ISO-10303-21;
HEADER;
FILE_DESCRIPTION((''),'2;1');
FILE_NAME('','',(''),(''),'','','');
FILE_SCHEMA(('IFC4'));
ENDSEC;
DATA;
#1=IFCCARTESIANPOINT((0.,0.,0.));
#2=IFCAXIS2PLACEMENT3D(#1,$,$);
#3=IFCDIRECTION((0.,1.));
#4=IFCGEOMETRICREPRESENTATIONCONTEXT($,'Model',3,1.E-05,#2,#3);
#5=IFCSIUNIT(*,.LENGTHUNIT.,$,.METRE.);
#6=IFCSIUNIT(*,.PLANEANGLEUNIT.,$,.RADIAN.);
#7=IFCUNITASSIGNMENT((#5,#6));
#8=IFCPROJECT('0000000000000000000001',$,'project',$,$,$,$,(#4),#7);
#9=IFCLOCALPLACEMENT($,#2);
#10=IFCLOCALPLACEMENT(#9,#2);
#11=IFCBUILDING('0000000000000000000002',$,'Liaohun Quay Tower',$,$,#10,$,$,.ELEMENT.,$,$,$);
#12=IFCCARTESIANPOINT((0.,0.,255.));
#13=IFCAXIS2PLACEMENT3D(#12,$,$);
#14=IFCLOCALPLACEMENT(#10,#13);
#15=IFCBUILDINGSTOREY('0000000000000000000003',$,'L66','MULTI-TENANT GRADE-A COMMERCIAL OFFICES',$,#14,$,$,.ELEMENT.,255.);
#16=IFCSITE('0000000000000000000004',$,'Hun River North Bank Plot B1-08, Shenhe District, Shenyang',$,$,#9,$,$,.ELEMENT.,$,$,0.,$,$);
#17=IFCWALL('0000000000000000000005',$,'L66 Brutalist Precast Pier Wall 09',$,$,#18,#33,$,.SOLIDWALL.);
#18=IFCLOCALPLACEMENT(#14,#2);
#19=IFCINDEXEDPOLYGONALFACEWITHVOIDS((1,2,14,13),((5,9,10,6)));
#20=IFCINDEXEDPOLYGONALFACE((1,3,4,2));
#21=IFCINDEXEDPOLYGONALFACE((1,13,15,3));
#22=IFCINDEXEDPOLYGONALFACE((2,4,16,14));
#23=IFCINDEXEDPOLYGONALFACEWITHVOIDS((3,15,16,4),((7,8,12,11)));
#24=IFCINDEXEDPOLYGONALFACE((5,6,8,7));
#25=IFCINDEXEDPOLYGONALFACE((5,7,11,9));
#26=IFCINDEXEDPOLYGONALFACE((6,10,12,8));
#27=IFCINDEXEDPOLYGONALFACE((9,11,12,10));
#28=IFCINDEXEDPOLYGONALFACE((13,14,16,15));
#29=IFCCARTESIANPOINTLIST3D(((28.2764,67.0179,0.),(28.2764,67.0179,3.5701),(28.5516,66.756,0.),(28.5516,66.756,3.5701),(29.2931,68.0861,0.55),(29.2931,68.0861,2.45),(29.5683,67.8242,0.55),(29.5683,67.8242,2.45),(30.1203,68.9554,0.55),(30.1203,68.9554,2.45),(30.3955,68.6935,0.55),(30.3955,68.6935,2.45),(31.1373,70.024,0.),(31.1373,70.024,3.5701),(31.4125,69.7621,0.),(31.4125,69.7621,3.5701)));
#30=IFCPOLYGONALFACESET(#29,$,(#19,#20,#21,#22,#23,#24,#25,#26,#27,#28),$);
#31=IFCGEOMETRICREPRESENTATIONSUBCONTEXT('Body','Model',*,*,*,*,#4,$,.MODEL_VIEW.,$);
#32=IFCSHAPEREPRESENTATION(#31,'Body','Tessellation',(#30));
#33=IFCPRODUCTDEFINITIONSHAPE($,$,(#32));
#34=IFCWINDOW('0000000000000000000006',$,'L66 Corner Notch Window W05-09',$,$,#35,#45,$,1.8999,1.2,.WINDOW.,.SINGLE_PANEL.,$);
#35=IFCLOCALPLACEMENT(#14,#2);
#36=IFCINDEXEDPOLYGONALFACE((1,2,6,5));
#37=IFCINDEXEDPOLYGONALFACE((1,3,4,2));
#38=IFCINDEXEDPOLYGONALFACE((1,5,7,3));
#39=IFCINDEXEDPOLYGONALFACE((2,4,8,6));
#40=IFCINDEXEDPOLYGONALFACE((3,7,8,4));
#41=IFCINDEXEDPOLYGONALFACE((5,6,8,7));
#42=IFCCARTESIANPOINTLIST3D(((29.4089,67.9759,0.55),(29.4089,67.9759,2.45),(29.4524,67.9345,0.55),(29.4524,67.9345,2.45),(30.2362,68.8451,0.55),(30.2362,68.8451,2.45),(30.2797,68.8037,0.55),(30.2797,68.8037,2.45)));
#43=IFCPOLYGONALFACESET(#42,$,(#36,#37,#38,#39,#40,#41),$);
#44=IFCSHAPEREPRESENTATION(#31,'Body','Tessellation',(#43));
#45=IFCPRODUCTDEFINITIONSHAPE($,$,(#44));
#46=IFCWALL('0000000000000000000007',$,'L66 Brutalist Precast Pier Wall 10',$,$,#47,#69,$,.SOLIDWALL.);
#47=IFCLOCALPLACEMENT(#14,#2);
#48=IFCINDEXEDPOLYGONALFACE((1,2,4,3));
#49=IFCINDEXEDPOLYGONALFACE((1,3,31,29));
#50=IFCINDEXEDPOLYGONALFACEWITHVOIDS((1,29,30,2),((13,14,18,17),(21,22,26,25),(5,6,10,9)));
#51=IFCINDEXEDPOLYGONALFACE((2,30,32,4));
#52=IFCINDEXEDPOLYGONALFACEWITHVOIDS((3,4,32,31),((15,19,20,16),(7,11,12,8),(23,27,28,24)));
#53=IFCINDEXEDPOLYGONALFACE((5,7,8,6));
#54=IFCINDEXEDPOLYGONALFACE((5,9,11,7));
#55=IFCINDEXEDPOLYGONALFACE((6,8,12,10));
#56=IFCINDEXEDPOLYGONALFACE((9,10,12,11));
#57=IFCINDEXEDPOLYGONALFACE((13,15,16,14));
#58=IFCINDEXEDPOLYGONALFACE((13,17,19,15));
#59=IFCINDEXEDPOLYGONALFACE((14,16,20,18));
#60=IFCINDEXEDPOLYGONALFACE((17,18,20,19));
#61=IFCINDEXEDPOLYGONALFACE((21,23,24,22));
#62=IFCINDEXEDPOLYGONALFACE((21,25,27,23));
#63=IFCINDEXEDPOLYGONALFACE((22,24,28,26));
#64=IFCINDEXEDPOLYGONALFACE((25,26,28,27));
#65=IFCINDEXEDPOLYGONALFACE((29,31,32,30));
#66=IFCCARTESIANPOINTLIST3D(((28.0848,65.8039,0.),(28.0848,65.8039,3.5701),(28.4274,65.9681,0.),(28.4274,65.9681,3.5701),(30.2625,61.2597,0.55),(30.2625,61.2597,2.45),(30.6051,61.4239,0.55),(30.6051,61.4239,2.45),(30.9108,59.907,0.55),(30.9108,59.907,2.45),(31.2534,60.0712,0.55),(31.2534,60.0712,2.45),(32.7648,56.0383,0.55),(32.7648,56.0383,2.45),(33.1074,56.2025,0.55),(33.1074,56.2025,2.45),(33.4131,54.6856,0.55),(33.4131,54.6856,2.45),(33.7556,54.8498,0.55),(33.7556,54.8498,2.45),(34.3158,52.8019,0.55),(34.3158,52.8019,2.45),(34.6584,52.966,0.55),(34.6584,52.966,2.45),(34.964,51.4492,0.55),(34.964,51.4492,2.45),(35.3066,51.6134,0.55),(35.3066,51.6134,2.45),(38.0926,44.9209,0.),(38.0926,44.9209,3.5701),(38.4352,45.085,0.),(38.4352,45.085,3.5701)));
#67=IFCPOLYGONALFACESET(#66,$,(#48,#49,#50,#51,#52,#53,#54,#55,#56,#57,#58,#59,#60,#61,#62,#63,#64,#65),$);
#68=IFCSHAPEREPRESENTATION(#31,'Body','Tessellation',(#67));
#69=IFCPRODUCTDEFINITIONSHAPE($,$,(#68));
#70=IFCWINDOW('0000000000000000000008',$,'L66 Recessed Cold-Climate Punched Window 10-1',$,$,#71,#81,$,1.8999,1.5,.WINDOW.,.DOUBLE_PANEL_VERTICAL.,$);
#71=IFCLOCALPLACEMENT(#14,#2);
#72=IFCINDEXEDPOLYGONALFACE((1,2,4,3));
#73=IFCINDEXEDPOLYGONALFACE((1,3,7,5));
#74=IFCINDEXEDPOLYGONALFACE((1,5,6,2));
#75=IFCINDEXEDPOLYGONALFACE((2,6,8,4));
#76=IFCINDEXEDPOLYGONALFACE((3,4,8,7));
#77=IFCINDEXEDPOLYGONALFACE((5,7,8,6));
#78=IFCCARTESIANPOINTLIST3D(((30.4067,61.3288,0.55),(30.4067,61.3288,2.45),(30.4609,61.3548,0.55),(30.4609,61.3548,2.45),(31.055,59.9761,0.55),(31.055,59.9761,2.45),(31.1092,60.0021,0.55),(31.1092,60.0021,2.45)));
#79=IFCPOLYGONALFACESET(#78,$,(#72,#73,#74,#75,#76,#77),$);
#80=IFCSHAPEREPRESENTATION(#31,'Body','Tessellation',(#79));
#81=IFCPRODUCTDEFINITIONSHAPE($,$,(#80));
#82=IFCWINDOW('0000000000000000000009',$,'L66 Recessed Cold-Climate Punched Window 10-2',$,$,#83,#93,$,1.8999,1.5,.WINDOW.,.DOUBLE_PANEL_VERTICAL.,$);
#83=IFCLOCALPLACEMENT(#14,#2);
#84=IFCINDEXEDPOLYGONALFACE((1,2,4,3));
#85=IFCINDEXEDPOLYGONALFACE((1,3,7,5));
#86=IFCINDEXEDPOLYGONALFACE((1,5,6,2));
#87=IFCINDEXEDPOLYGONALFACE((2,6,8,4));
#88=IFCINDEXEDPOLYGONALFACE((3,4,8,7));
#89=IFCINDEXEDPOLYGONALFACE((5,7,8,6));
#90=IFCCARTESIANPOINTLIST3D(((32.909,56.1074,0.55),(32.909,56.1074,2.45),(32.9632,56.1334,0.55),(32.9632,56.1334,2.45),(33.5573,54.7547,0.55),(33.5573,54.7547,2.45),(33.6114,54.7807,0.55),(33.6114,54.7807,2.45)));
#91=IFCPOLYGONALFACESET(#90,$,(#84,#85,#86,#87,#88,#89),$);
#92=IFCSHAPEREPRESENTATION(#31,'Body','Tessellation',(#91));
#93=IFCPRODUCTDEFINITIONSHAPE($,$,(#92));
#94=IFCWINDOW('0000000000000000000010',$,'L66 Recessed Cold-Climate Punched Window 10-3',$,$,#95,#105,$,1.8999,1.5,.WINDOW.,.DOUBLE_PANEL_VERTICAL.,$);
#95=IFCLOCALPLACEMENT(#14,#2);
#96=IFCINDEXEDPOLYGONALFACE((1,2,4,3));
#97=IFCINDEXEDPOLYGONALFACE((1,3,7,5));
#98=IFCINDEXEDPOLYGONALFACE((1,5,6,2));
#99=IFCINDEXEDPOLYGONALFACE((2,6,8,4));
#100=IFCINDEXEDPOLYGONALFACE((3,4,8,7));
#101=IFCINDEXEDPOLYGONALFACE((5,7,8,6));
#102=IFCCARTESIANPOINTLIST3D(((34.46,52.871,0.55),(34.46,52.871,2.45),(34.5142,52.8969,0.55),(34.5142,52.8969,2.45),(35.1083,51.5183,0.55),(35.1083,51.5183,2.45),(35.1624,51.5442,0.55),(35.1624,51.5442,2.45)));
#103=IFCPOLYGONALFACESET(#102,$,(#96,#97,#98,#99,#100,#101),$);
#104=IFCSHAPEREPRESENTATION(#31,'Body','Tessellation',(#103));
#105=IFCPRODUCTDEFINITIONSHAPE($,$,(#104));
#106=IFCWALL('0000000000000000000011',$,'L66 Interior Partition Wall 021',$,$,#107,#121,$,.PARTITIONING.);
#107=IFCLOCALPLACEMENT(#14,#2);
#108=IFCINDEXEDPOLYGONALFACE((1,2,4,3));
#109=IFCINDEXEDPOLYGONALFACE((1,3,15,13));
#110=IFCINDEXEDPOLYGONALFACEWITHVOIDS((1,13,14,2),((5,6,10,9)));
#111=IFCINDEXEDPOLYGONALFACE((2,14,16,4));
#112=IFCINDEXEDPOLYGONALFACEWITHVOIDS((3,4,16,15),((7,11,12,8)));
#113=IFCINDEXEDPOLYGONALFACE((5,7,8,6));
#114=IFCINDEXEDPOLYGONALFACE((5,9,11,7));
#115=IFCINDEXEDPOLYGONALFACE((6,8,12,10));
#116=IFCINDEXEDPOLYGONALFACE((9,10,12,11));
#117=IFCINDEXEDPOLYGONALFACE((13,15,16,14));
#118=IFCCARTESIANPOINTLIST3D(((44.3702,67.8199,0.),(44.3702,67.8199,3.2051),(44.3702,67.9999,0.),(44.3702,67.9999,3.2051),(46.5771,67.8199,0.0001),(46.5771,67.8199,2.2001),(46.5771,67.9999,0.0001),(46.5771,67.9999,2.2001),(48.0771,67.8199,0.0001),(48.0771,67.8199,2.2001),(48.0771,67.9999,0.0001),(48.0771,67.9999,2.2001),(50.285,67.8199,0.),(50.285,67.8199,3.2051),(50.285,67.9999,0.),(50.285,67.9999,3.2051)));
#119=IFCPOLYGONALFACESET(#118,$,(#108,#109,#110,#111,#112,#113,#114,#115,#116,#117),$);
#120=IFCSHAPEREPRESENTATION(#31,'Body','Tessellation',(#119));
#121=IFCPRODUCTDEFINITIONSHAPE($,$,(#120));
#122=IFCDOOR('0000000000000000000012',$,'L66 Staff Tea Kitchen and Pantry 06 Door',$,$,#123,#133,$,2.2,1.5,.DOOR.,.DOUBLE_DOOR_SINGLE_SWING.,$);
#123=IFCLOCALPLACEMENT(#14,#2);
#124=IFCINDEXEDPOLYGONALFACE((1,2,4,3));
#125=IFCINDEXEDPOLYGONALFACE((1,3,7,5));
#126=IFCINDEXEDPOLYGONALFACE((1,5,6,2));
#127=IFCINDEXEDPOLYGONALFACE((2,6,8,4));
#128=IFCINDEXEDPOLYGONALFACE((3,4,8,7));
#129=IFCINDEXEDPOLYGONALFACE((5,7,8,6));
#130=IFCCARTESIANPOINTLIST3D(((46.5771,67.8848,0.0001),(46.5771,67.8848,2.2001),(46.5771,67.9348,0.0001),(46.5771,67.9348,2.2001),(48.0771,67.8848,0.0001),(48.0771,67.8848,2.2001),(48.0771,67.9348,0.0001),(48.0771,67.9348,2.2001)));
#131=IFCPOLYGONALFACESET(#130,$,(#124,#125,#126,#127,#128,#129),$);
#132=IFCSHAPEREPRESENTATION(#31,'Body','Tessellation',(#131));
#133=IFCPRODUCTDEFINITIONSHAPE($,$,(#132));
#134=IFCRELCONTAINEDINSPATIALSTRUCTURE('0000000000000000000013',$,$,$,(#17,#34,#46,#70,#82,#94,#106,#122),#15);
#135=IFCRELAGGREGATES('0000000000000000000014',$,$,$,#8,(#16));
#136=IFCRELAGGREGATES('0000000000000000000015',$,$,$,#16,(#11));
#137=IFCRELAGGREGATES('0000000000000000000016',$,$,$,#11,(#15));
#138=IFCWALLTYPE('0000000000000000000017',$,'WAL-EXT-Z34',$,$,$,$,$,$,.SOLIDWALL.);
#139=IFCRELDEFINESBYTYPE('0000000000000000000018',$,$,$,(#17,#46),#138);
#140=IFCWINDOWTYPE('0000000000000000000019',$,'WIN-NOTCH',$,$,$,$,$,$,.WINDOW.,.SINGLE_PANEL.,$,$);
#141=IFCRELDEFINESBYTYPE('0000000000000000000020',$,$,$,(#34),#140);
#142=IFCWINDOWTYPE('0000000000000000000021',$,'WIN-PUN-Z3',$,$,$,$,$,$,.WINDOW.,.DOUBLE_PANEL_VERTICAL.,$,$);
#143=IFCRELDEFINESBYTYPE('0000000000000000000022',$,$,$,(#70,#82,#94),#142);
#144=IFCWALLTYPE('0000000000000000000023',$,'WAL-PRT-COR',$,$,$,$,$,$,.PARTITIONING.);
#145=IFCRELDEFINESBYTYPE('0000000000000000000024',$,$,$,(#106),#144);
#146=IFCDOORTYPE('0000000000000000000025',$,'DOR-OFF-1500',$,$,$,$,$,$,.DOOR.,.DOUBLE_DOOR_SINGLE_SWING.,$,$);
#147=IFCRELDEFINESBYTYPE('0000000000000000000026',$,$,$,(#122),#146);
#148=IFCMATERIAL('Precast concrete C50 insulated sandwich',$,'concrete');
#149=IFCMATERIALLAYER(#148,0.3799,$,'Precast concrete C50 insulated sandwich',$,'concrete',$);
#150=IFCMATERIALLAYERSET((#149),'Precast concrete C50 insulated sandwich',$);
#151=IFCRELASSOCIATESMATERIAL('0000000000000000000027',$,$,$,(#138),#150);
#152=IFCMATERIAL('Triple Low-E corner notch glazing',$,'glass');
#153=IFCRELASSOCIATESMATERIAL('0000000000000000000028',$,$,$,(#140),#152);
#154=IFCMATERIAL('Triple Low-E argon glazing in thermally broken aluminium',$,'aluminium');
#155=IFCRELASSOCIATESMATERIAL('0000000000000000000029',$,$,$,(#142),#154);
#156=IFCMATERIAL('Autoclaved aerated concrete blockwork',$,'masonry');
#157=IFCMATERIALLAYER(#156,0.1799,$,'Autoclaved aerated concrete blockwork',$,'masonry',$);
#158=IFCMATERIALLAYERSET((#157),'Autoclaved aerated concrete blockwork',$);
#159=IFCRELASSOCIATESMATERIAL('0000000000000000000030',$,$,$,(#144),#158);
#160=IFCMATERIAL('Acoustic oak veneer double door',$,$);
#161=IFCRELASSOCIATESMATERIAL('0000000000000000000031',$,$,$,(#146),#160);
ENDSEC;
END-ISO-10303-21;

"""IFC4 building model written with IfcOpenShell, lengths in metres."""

from ifc_helpers import new_model, si_unit, direction, frame, frame_2d, origin, place, context, subcontext, project, spatial, rectangle, extrude, source, transform, mapped, material, layer, layer_set, type_object, element, fill, save


model = new_model("IFC4")

# Units and contexts
model_context = context("Model", 3, precision=1e-05, world=origin(), true_north=direction((0.0, 1.0)))
body_context = subcontext(model_context, "Body", "Model", "MODEL_VIEW")
ifc_project = project(units=[si_unit("LENGTHUNIT", "METRE"), si_unit("PLANEANGLEUNIT", "RADIAN")], contexts=[model_context])

# Site, building, storey
site_placement = place(None, origin())
site = spatial("IfcSite", under=ifc_project, at=site_placement, Name="Hun River North Bank Plot B1-08, Shenhe District, Shenyang", CompositionType="ELEMENT", RefElevation=0.0)
building_placement = place(site_placement, origin())
building = spatial("IfcBuilding", under=site, at=building_placement, Name="Liaohun Quay Tower", CompositionType="ELEMENT")
storey_placement = place(building_placement, frame((0.0, 0.0, 255.0)))
storey = spatial("IfcBuildingStorey", under=building, at=storey_placement, Name="L66", Description="MULTI-TENANT GRADE-A COMMERCIAL OFFICES", CompositionType="ELEMENT", Elevation=255.0)

# Wall, opening, window
ifc_material_1 = material(Name="Precast concrete C50 insulated sandwich", Category="concrete")
ifc_layer_1 = layer(ifc_material_1, 0.3799, Name="Precast concrete C50 insulated sandwich", Category="concrete")
ifc_layer_set_1 = layer_set([ifc_layer_1], Name="Precast concrete C50 insulated sandwich")
wall_type_1 = type_object("IfcWallType", Name="WAL-EXT-Z34", PredefinedType="SOLIDWALL", material=ifc_layer_set_1)
shared_shape_1 = source(origin(), body_context, "Body", "SweptSolid", [
    extrude(rectangle(XDim=1.2, YDim=1.8999, at=frame_2d((0.6001, 0.95))), frame((0.0, 0.2, 0.0), z_axis=(0.0, -1.0, 0.0), x_axis=(1.0, 0.0, 0.0)), (0.0, 0.0, 1.0), 0.3999),
])
ifc_material_2 = material(Name="Triple Low-E corner notch glazing", Category="glass")
window_type_1 = type_object("IfcWindowType", Name="WIN-NOTCH", PartitioningType="SINGLE_PANEL", PredefinedType="WINDOW", material=ifc_material_2)
shared_shape_2 = source(origin(), body_context, "Body", "SweptSolid", [
    extrude(rectangle(XDim=1.2, YDim=1.8999, at=frame_2d((0.6001, 0.95))), frame((0.0, 0.03, 0.0), z_axis=(0.0, -1.0, 0.0), x_axis=(1.0, 0.0, 0.0)), (0.0, 0.0, 1.0), 0.0601),
])
wall_1_placement = place(storey_placement, frame((31.2749, 69.8931, 0.0), z_axis=(0.0, 0.0, 1.0), x_axis=(-0.689388, -0.724393, 0.0)))
wall_1 = element("IfcWall", 1, at=wall_1_placement, inside=storey, type_object=wall_type_1, Name="L66 Brutalist Precast Pier Wall 09", PredefinedType="SOLIDWALL", context=body_context, shape_type="SweptSolid", body=[
    extrude(rectangle(XDim=4.1499, YDim=0.3799, at=frame_2d((2.075, 0.0))), origin(), (0.0, 0.0, 1.0), 3.5701),
])
opening_1_placement = place(wall_1_placement, frame((1.4751, 0.0, 0.55)))
opening_1 = element("IfcOpeningElement", 2, at=opening_1_placement, cuts=wall_1, PredefinedType="OPENING", context=body_context, shape_type="MappedRepresentation", body=[
    mapped(shared_shape_1, transform((0.0, 0.0, 0.0), x_axis=(1.0, 0.0, 0.0), y_axis=(0.0, 1.0, 0.0), z_axis=(0.0, 0.0, 1.0), scale=1.0)),
])
window_1_placement = place(opening_1_placement, origin())
window_1 = element("IfcWindow", 3, at=window_1_placement, inside=storey, type_object=window_type_1, Name="L66 Corner Notch Window W05-09", OverallHeight=1.8999, OverallWidth=1.2, PartitioningType="SINGLE_PANEL", PredefinedType="WINDOW", context=body_context, shape_type="MappedRepresentation", body=[
    mapped(shared_shape_2, transform((0.0, 0.0, 0.0), x_axis=(1.0, 0.0, 0.0), y_axis=(0.0, 1.0, 0.0), z_axis=(0.0, 0.0, 1.0), scale=1.0)),
])
fill(opening_1, window_1)

# Wall, openings, windows
wall_2_placement = place(storey_placement, frame((28.2561, 65.886, 0.0), z_axis=(0.0, 0.0, 1.0), x_axis=(0.432168, -0.901793, 0.0)))
wall_2 = element("IfcWall", 4, at=wall_2_placement, inside=storey, type_object=wall_type_1, Name="L66 Brutalist Precast Pier Wall 10", PredefinedType="SOLIDWALL", context=body_context, shape_type="SweptSolid", body=[
    extrude(rectangle(XDim=23.1572, YDim=0.3799, at=frame_2d((11.5786, 0.0))), origin(), (0.0, 0.0, 1.0), 3.5701),
])
shared_shape_3 = source(origin(), body_context, "Body", "SweptSolid", [
    extrude(rectangle(XDim=1.5, YDim=1.8999, at=frame_2d((0.75, 0.95))), frame((0.0, 0.2, 0.0), z_axis=(0.0, -1.0, 0.0), x_axis=(1.0, 0.0, 0.0)), (0.0, 0.0, 1.0), 0.3999),
])
opening_2_placement = place(wall_2_placement, frame((5.0391, 0.0, 0.55)))
opening_2 = element("IfcOpeningElement", 5, at=opening_2_placement, cuts=wall_2, PredefinedType="OPENING", context=body_context, shape_type="MappedRepresentation", body=[
    mapped(shared_shape_3, transform((0.0, 0.0, 0.0), x_axis=(1.0, 0.0, 0.0), y_axis=(0.0, 1.0, 0.0), z_axis=(0.0, 0.0, 1.0), scale=1.0)),
])
opening_3_placement = place(wall_2_placement, frame((10.8291, 0.0, 0.55)))
opening_3 = element("IfcOpeningElement", 6, at=opening_3_placement, cuts=wall_2, PredefinedType="OPENING", context=body_context, shape_type="MappedRepresentation", body=[
    mapped(shared_shape_3, transform((0.0, 0.0, 0.0), x_axis=(1.0, 0.0, 0.0), y_axis=(0.0, 1.0, 0.0), z_axis=(0.0, 0.0, 1.0), scale=1.0)),
])
opening_4_placement = place(wall_2_placement, frame((14.418, 0.0, 0.55)))
opening_4 = element("IfcOpeningElement", 7, at=opening_4_placement, cuts=wall_2, PredefinedType="OPENING", context=body_context, shape_type="MappedRepresentation", body=[
    mapped(shared_shape_3, transform((0.0, 0.0, 0.0), x_axis=(1.0, 0.0, 0.0), y_axis=(0.0, 1.0, 0.0), z_axis=(0.0, 0.0, 1.0), scale=1.0)),
])
ifc_material_3 = material(Name="Triple Low-E argon glazing in thermally broken aluminium", Category="aluminium")
window_type_2 = type_object("IfcWindowType", Name="WIN-PUN-Z3", PartitioningType="DOUBLE_PANEL_VERTICAL", PredefinedType="WINDOW", material=ifc_material_3)
shared_shape_4 = source(origin(), body_context, "Body", "SweptSolid", [
    extrude(rectangle(XDim=1.5, YDim=1.8999, at=frame_2d((0.75, 0.95))), frame((0.0, 0.03, 0.0), z_axis=(0.0, -1.0, 0.0), x_axis=(1.0, 0.0, 0.0)), (0.0, 0.0, 1.0), 0.0601),
])
window_2_placement = place(opening_2_placement, origin())
window_2 = element("IfcWindow", 8, at=window_2_placement, inside=storey, type_object=window_type_2, Name="L66 Recessed Cold-Climate Punched Window 10-1", OverallHeight=1.8999, OverallWidth=1.5, PartitioningType="DOUBLE_PANEL_VERTICAL", PredefinedType="WINDOW", context=body_context, shape_type="MappedRepresentation", body=[
    mapped(shared_shape_4, transform((0.0, 0.0, 0.0), x_axis=(1.0, 0.0, 0.0), y_axis=(0.0, 1.0, 0.0), z_axis=(0.0, 0.0, 1.0), scale=1.0)),
])
fill(opening_2, window_2)
window_3_placement = place(opening_3_placement, origin())
window_3 = element("IfcWindow", 9, at=window_3_placement, inside=storey, type_object=window_type_2, Name="L66 Recessed Cold-Climate Punched Window 10-2", OverallHeight=1.8999, OverallWidth=1.5, PartitioningType="DOUBLE_PANEL_VERTICAL", PredefinedType="WINDOW", context=body_context, shape_type="MappedRepresentation", body=[
    mapped(shared_shape_4, transform((0.0, 0.0, 0.0), x_axis=(1.0, 0.0, 0.0), y_axis=(0.0, 1.0, 0.0), z_axis=(0.0, 0.0, 1.0), scale=1.0)),
])
fill(opening_3, window_3)
window_4_placement = place(opening_4_placement, origin())
window_4 = element("IfcWindow", 10, at=window_4_placement, inside=storey, type_object=window_type_2, Name="L66 Recessed Cold-Climate Punched Window 10-3", OverallHeight=1.8999, OverallWidth=1.5, PartitioningType="DOUBLE_PANEL_VERTICAL", PredefinedType="WINDOW", context=body_context, shape_type="MappedRepresentation", body=[
    mapped(shared_shape_4, transform((0.0, 0.0, 0.0), x_axis=(1.0, 0.0, 0.0), y_axis=(0.0, 1.0, 0.0), z_axis=(0.0, 0.0, 1.0), scale=1.0)),
])
fill(opening_4, window_4)

# Wall, opening, door
ifc_material_4 = material(Name="Autoclaved aerated concrete blockwork", Category="masonry")
ifc_layer_2 = layer(ifc_material_4, 0.1799, Name="Autoclaved aerated concrete blockwork", Category="masonry")
ifc_layer_set_2 = layer_set([ifc_layer_2], Name="Autoclaved aerated concrete blockwork")
wall_type_2 = type_object("IfcWallType", Name="WAL-PRT-COR", PredefinedType="PARTITIONING", material=ifc_layer_set_2)
wall_3_placement = place(storey_placement, frame((44.3701, 67.9099, 0.0), z_axis=(0.0, 0.0, 1.0), x_axis=(1.0, 0.0, 0.0)))
wall_3 = element("IfcWall", 11, at=wall_3_placement, inside=storey, type_object=wall_type_2, Name="L66 Interior Partition Wall 021", PredefinedType="PARTITIONING", context=body_context, shape_type="SweptSolid", body=[
    extrude(rectangle(XDim=5.9148, YDim=0.1799, at=frame_2d((2.9575, 0.0))), origin(), (0.0, 0.0, 1.0), 3.2051),
])
shared_shape_5 = source(origin(), body_context, "Body", "SweptSolid", [
    extrude(rectangle(XDim=1.5, YDim=2.2, at=frame_2d((0.75, 1.1001))), frame((0.0, 0.0999, 0.0), z_axis=(0.0, -1.0, 0.0), x_axis=(1.0, 0.0, 0.0)), (0.0, 0.0, 1.0), 0.2),
])
opening_5_placement = place(wall_3_placement, frame((2.207, 0.0, 0.0)))
opening_5 = element("IfcOpeningElement", 12, at=opening_5_placement, cuts=wall_3, PredefinedType="OPENING", context=body_context, shape_type="MappedRepresentation", body=[
    mapped(shared_shape_5, transform((0.0, 0.0, 0.0), x_axis=(1.0, 0.0, 0.0), y_axis=(0.0, 1.0, 0.0), z_axis=(0.0, 0.0, 1.0), scale=1.0)),
])
ifc_material_5 = material(Name="Acoustic oak veneer double door")
door_type_1 = type_object("IfcDoorType", Name="DOR-OFF-1500", OperationType="DOUBLE_DOOR_SINGLE_SWING", PredefinedType="DOOR", material=ifc_material_5)
shared_shape_6 = source(origin(), body_context, "Body", "SweptSolid", [
    extrude(rectangle(XDim=1.5, YDim=2.2, at=frame_2d((0.75, 1.1001))), frame((0.0, 0.0249, 0.0), z_axis=(0.0, -1.0, 0.0), x_axis=(1.0, 0.0, 0.0)), (0.0, 0.0, 1.0), 0.05),
])
door_1_placement = place(opening_5_placement, origin())
door_1 = element("IfcDoor", 13, at=door_1_placement, inside=storey, type_object=door_type_1, Name="L66 Staff Tea Kitchen and Pantry 06 Door", OperationType="DOUBLE_DOOR_SINGLE_SWING", OverallHeight=2.2, OverallWidth=1.5, PredefinedType="DOOR", context=body_context, shape_type="MappedRepresentation", body=[
    mapped(shared_shape_6, transform((0.0, 0.0, 0.0), x_axis=(1.0, 0.0, 0.0), y_axis=(0.0, 1.0, 0.0), z_axis=(0.0, 0.0, 1.0), scale=1.0)),
])
fill(opening_5, door_1)

save(model, "model.ifc")
